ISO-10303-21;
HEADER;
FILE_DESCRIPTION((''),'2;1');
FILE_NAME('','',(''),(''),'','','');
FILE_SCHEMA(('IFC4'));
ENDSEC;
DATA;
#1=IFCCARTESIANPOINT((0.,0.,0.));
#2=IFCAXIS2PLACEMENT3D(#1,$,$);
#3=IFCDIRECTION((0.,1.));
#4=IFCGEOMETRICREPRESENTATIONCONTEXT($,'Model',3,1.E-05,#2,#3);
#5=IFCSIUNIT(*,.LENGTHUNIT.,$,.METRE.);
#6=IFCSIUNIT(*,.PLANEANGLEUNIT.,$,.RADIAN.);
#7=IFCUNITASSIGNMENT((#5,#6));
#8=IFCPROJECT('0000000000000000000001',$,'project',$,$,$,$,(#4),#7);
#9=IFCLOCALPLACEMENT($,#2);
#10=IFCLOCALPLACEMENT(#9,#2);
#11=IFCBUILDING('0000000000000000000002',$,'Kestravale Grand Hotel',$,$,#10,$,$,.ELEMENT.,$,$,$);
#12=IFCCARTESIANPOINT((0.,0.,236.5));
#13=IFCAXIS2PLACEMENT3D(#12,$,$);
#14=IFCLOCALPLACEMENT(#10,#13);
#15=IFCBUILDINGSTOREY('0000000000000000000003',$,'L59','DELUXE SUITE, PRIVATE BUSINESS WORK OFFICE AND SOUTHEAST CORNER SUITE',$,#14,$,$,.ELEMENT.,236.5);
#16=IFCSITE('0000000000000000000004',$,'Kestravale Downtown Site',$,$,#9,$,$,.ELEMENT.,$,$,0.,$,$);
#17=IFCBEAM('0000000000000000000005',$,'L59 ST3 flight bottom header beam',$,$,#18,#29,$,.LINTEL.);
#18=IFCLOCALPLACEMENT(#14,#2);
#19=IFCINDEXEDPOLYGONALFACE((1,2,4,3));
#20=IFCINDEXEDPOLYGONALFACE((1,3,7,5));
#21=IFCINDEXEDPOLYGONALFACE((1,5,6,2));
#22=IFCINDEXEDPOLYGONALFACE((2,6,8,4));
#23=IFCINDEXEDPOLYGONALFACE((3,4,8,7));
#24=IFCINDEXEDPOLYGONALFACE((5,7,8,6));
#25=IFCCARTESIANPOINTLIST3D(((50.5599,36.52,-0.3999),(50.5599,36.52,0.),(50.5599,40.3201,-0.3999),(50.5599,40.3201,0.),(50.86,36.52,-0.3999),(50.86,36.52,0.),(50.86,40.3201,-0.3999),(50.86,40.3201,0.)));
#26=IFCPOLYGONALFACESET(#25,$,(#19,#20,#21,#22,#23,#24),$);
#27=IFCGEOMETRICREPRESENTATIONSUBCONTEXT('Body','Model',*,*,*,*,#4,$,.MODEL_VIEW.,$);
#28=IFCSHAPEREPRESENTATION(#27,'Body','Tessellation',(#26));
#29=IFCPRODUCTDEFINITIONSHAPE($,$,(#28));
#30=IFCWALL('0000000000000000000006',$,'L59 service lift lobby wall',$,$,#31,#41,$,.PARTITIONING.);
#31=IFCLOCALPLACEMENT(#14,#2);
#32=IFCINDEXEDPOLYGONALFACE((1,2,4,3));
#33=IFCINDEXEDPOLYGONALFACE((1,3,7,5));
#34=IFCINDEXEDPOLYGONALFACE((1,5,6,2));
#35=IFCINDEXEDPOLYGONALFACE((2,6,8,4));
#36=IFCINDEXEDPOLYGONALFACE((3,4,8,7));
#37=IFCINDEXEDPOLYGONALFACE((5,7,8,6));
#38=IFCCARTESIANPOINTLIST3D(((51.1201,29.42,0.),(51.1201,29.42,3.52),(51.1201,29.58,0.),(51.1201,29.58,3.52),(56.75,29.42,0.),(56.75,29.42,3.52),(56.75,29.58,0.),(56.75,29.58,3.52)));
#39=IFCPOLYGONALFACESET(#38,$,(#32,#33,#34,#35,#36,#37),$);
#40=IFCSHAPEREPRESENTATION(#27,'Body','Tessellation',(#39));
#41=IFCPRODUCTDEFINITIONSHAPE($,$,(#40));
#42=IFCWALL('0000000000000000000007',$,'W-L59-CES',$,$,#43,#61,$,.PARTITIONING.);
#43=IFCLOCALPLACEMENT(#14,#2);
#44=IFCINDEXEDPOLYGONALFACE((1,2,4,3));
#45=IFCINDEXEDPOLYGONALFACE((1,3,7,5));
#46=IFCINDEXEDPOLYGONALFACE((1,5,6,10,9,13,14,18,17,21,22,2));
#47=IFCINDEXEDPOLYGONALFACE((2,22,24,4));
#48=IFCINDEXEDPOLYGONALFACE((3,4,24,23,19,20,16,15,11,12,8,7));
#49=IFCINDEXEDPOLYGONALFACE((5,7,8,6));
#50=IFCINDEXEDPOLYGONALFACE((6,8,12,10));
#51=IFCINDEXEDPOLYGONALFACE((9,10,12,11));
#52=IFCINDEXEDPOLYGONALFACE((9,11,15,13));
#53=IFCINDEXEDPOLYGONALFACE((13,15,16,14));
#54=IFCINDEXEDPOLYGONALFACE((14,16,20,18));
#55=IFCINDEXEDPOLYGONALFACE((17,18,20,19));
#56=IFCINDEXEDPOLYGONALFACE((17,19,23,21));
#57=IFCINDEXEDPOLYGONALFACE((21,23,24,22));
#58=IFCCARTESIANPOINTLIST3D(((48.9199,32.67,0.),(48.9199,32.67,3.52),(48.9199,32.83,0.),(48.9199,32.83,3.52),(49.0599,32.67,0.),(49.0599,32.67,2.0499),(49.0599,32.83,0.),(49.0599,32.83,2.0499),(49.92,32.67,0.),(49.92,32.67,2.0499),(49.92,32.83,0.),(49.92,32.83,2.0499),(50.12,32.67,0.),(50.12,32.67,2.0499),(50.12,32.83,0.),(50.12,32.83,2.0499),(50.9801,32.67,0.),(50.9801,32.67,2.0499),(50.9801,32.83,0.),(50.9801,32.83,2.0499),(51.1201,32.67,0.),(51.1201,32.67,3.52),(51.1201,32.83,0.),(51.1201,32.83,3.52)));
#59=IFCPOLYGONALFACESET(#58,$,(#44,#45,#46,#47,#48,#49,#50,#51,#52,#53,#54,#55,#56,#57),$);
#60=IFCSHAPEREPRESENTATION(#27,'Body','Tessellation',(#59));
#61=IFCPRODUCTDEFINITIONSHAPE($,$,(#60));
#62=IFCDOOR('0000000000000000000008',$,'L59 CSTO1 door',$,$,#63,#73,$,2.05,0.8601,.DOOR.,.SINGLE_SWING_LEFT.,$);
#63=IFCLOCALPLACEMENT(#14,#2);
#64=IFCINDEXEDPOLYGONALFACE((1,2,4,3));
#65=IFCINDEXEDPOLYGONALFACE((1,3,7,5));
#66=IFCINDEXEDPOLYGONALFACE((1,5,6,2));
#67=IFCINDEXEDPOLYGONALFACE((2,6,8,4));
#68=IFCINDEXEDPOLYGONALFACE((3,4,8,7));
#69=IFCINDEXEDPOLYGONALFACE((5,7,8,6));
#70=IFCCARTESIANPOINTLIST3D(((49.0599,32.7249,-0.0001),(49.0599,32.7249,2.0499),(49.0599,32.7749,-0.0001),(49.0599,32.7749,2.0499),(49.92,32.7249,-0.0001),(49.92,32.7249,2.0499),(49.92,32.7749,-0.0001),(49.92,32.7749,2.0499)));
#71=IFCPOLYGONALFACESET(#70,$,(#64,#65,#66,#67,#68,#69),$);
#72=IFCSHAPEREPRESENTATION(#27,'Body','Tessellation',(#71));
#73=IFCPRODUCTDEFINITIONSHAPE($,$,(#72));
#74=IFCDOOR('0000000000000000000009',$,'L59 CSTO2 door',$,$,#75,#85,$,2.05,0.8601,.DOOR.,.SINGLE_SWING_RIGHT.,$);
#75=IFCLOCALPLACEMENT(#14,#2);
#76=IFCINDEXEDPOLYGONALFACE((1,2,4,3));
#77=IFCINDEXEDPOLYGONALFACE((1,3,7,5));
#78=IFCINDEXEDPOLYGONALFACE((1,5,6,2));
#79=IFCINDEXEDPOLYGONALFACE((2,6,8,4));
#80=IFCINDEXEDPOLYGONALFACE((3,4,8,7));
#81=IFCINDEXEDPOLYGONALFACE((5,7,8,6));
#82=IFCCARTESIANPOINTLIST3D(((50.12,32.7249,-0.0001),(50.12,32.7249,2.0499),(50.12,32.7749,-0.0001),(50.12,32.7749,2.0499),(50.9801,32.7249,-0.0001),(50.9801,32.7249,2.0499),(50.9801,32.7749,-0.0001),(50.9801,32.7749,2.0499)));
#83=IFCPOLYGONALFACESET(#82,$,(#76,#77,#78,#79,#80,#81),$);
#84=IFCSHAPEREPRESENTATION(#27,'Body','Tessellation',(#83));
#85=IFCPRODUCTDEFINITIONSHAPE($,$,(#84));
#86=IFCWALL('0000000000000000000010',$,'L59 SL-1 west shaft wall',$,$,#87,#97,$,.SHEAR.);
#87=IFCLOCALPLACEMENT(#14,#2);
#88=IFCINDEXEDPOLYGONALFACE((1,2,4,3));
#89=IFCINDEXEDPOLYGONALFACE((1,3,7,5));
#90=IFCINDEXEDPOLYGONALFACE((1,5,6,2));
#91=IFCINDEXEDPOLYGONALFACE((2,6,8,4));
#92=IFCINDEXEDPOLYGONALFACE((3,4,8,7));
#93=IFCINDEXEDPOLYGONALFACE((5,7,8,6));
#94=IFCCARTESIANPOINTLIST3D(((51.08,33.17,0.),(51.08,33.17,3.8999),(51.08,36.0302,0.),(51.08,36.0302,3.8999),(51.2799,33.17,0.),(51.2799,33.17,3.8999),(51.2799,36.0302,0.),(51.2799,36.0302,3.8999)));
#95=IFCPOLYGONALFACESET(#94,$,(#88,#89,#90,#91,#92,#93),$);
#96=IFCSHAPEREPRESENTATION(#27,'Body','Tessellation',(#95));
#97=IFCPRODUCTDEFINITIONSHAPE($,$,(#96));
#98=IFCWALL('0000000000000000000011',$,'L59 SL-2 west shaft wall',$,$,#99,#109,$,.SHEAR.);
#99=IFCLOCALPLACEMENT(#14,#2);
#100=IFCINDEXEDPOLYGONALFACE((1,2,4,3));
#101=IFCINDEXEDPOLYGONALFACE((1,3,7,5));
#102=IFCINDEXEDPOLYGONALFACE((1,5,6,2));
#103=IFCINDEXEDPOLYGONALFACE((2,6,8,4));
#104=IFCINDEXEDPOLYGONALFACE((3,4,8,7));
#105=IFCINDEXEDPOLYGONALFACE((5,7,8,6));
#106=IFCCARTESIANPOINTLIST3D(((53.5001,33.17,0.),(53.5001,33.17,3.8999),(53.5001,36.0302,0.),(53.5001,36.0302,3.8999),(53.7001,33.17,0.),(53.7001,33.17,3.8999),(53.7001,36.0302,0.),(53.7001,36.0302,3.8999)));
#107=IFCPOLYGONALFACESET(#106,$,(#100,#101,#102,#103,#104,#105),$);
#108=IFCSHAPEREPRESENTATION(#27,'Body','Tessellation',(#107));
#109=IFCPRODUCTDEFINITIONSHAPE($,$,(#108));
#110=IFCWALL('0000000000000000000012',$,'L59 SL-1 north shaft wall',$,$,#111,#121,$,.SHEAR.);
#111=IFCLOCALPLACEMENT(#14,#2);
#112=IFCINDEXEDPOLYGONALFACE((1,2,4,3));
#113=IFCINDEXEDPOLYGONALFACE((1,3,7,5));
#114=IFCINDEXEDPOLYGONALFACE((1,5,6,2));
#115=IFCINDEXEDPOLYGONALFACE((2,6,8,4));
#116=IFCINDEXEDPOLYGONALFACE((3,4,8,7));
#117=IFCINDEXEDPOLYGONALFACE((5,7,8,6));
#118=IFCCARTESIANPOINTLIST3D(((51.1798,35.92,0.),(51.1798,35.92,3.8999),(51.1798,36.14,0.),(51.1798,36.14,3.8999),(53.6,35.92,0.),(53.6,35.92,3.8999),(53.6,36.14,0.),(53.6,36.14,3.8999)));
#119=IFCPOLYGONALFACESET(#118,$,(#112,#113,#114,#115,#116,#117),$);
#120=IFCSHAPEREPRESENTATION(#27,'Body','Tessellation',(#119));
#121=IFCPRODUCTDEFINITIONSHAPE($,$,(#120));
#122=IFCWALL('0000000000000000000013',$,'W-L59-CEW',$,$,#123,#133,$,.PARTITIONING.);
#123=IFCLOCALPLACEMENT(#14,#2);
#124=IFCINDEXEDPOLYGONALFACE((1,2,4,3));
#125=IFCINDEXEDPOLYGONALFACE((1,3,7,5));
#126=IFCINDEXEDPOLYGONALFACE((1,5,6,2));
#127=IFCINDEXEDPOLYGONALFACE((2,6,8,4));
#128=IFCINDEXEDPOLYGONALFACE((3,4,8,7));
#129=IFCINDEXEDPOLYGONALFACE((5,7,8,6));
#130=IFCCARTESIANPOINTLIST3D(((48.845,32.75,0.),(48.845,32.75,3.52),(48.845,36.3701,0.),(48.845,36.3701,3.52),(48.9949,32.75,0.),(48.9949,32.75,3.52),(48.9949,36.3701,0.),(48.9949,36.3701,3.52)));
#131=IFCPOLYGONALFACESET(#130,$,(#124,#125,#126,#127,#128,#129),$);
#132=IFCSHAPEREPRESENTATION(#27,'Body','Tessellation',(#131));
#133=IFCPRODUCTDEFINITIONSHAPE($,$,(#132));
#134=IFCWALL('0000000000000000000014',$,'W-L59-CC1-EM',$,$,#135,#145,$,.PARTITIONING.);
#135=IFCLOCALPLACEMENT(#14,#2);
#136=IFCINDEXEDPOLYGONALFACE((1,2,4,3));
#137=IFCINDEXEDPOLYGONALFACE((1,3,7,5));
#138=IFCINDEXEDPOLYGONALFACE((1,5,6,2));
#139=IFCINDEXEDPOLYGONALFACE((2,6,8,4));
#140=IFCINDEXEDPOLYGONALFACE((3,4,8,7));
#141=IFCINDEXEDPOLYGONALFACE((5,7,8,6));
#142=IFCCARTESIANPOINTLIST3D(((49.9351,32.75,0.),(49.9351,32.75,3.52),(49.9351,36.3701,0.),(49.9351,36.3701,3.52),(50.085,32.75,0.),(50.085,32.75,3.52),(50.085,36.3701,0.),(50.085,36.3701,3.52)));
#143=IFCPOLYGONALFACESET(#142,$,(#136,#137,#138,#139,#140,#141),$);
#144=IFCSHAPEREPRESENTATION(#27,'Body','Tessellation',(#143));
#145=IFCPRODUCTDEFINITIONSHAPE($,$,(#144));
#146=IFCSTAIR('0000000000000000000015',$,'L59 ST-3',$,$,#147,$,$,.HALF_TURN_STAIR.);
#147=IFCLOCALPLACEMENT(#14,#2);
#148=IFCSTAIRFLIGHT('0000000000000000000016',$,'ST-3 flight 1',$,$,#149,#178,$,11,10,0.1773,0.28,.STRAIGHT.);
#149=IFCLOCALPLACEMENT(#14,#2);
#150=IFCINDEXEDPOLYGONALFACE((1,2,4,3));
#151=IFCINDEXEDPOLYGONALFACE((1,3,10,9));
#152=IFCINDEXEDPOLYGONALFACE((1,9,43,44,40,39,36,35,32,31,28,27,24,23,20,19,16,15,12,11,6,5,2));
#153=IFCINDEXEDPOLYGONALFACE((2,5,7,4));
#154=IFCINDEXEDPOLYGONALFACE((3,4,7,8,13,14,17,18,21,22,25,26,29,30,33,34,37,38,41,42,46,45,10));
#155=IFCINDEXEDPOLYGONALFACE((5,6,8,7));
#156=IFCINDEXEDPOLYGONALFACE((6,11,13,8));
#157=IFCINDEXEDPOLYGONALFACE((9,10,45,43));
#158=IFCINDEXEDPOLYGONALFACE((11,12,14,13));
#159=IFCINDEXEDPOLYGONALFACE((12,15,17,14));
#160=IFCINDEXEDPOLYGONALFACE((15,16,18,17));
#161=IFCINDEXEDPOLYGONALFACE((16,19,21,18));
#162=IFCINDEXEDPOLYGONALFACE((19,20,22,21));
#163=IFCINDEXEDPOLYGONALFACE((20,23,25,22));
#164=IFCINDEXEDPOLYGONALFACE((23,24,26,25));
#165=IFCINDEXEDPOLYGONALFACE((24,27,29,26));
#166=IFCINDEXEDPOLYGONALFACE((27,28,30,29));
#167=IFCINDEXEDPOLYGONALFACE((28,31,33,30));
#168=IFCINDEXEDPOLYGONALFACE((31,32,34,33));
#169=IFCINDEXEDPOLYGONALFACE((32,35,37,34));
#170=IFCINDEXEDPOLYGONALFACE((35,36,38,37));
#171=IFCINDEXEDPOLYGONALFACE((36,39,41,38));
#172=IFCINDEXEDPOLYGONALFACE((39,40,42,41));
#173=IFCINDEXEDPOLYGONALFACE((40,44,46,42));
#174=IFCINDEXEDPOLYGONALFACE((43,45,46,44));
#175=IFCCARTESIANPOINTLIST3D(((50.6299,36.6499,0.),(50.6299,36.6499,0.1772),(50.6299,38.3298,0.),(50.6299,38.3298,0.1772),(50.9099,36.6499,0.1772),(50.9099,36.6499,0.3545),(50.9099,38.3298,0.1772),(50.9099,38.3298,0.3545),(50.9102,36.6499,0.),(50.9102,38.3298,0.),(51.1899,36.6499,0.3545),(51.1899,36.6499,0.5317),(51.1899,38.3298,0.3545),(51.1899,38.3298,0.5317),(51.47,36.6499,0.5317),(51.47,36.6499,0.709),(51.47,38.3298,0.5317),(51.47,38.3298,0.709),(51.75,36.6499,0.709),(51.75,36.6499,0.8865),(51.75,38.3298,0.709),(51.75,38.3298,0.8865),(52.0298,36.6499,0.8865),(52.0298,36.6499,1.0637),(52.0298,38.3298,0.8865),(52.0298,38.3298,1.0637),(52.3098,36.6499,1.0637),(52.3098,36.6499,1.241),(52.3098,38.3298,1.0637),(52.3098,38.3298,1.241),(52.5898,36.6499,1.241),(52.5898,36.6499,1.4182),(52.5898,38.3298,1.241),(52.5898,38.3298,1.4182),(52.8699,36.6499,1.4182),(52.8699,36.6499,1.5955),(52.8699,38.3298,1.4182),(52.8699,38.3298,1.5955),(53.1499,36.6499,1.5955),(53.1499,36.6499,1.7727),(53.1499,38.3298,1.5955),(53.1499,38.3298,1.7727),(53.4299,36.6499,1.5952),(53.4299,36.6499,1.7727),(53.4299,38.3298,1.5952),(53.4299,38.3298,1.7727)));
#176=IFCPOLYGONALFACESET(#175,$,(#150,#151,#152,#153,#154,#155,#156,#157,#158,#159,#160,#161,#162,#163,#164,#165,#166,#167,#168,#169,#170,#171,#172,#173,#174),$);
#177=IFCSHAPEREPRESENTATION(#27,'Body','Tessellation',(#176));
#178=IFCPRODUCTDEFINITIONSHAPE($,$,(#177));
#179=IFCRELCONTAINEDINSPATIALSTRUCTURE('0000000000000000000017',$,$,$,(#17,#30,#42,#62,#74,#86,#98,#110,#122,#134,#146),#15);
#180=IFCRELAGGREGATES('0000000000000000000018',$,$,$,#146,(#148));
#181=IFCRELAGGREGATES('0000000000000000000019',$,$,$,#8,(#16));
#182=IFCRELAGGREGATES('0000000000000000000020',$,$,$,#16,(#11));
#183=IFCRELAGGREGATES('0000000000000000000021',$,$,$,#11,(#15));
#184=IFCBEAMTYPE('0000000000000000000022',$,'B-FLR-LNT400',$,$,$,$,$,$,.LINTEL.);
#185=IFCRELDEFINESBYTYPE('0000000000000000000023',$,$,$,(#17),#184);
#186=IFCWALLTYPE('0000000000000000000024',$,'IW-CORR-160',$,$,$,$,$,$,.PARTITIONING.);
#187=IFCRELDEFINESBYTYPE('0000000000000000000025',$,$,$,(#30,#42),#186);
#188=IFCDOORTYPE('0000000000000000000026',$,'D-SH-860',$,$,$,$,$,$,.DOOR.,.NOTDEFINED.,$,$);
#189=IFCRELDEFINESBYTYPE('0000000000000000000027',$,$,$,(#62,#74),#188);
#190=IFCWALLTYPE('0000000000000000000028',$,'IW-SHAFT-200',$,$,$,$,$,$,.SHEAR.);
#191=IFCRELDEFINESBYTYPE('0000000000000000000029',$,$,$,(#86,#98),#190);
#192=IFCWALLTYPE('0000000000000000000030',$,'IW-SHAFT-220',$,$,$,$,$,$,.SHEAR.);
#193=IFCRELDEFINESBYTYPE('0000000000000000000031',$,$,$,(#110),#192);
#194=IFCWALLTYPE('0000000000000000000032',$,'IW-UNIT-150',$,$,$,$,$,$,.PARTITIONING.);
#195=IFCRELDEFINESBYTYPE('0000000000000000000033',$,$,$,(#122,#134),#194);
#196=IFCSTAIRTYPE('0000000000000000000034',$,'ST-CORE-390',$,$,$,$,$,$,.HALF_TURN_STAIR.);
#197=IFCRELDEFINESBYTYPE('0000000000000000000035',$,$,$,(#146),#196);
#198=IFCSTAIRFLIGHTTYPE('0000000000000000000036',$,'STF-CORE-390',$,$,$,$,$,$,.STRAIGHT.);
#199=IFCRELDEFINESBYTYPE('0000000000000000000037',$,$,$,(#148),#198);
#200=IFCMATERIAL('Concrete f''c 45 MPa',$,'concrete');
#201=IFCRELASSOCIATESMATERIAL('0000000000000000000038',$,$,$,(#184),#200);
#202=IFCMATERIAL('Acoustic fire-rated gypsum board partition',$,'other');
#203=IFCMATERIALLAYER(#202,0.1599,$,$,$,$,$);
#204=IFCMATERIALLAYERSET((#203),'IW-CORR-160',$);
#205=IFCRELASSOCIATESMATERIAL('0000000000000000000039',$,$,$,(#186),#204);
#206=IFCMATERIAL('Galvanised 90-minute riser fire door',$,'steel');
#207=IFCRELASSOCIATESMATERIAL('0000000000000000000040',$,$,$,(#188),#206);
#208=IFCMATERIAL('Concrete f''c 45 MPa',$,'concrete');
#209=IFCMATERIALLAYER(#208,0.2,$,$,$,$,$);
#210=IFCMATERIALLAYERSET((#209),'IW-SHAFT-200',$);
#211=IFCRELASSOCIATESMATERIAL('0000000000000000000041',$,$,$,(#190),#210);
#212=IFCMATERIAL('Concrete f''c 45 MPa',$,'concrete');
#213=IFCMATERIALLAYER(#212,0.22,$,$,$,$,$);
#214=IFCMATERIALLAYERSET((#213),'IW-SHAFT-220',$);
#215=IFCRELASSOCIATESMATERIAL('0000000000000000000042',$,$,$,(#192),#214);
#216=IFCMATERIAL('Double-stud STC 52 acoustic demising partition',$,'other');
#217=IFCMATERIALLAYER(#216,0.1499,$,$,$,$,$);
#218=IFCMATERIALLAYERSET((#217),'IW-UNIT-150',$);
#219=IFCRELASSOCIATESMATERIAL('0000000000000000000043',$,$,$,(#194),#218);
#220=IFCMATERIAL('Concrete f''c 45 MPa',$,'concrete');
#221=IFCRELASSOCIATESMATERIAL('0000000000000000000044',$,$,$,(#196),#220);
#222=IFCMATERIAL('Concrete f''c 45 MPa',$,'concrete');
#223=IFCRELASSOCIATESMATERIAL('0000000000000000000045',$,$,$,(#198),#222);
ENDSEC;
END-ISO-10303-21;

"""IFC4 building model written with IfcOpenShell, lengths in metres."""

from ifc_helpers import new_model, si_unit, direction, frame, frame_2d, origin, origin_2d, place, context, subcontext, project, spatial, polyline, rectangle, outline, extrude, material, layer, layer_set, material_profile, profile_set, type_object, element, fill, aggregate, save


model = new_model("IFC4")

# Units and contexts
model_context = context("Model", 3, precision=1e-05, world=origin(), true_north=direction((0.0, 1.0)))
body_context = subcontext(model_context, "Body", "Model", "MODEL_VIEW")
ifc_project = project(units=[si_unit("LENGTHUNIT", "METRE"), si_unit("PLANEANGLEUNIT", "RADIAN")], contexts=[model_context])

# Site, building, storey
site_placement = place(None, origin())
site = spatial("IfcSite", under=ifc_project, at=site_placement, Name="Kestravale Downtown Site", CompositionType="ELEMENT", RefElevation=0.0)
building_placement = place(site_placement, origin())
building = spatial("IfcBuilding", under=site, at=building_placement, Name="Kestravale Grand Hotel", CompositionType="ELEMENT")
storey_placement = place(building_placement, frame((0.0, 0.0, 236.5)))
storey = spatial("IfcBuildingStorey", under=building, at=storey_placement, Name="L59", Description="DELUXE SUITE, PRIVATE BUSINESS WORK OFFICE AND SOUTHEAST CORNER SUITE", CompositionType="ELEMENT", Elevation=236.5)

# Beam
ifc_material_1 = material(Name="Concrete f'c 45 MPa", Category="concrete")
ifc_material_profile = material_profile(ifc_material_1, rectangle(XDim=0.3, YDim=0.3999, at=origin_2d()))
ifc_profile_set = profile_set([ifc_material_profile], Name="Concrete f'c 45 MPa")
beam_type = type_object("IfcBeamType", Name="B-FLR-LNT400", PredefinedType="LINTEL", material=ifc_profile_set)
beam_placement = place(storey_placement, frame((50.71, 36.52, -0.2), z_axis=(0.0, 1.0, 0.0), x_axis=(-1.0, 0.0, 0.0)))
element("IfcBeam", 1, at=beam_placement, inside=storey, type_object=beam_type, Name="L59 ST3 flight bottom header beam", PredefinedType="LINTEL", context=body_context, shape_type="SweptSolid", body=[
    extrude(rectangle(XDim=0.3, YDim=0.3999, at=origin_2d()), origin(), (0.0, 0.0, 1.0), 3.8),
])

# Shared definitions
ifc_material_2 = material(Name="Acoustic fire-rated gypsum board partition", Category="other")
ifc_layer_1 = layer(ifc_material_2, 0.1599)
ifc_layer_set_1 = layer_set([ifc_layer_1], Name="IW-CORR-160")
wall_type_1 = type_object("IfcWallType", Name="IW-CORR-160", PredefinedType="PARTITIONING", material=ifc_layer_set_1)

# Wall
wall_1_placement = place(storey_placement, frame((51.1201, 29.5, 0.0), z_axis=(0.0, 0.0, 1.0), x_axis=(1.0, 0.0, 0.0)))
element("IfcWall", 2, at=wall_1_placement, inside=storey, type_object=wall_type_1, Name="L59 service lift lobby wall", PredefinedType="PARTITIONING", context=body_context, shape_type="SweptSolid", body=[
    extrude(rectangle(XDim=5.6299, YDim=0.1599, at=frame_2d((2.8149, 0.0))), origin(), (0.0, 0.0, 1.0), 3.52),
])

# Wall, openings, doors
wall_2_placement = place(storey_placement, frame((48.9199, 32.75, 0.0), z_axis=(0.0, 0.0, 1.0), x_axis=(1.0, 0.0, 0.0)))
wall_2 = element("IfcWall", 3, at=wall_2_placement, inside=storey, type_object=wall_type_1, Name="W-L59-CES", PredefinedType="PARTITIONING", context=body_context, shape_type="SweptSolid", body=[
    extrude(rectangle(XDim=2.2002, YDim=0.1599, at=frame_2d((1.1001, 0.0))), origin(), (0.0, 0.0, 1.0), 3.52),
])
opening_1_placement = place(wall_2_placement, frame((0.1399, 0.0, 0.0)))
opening_1 = element("IfcOpeningElement", 4, at=opening_1_placement, cuts=wall_2, PredefinedType="OPENING", context=body_context, shape_type="SweptSolid", body=[
    extrude(rectangle(XDim=0.8601, YDim=2.05, at=frame_2d((0.4302, 1.0249))), frame((0.0, 0.0898, 0.0), z_axis=(0.0, -1.0, 0.0), x_axis=(1.0, 0.0, 0.0)), (0.0, 0.0, 1.0), 0.1799),
])
opening_2_placement = place(wall_2_placement, frame((1.2, 0.0, 0.0)))
opening_2 = element("IfcOpeningElement", 5, at=opening_2_placement, cuts=wall_2, PredefinedType="OPENING", context=body_context, shape_type="SweptSolid", body=[
    extrude(rectangle(XDim=0.8601, YDim=2.05, at=frame_2d((0.4302, 1.0249))), frame((0.0, 0.0898, 0.0), z_axis=(0.0, -1.0, 0.0), x_axis=(1.0, 0.0, 0.0)), (0.0, 0.0, 1.0), 0.1799),
])
ifc_material_3 = material(Name="Galvanised 90-minute riser fire door", Category="steel")
door_type_1 = type_object("IfcDoorType", Name="D-SH-860", OperationType="NOTDEFINED", PredefinedType="DOOR", material=ifc_material_3)
door_1_placement = place(opening_1_placement, origin())
door_1 = element("IfcDoor", 6, at=door_1_placement, inside=storey, type_object=door_type_1, Name="L59 CSTO1 door", OperationType="SINGLE_SWING_LEFT", OverallHeight=2.05, OverallWidth=0.8601, PredefinedType="DOOR", context=body_context, shape_type="SweptSolid", body=[
    extrude(rectangle(XDim=0.8601, YDim=2.05, at=frame_2d((0.4302, 1.0249))), frame((0.0, 0.0249, 0.0), z_axis=(0.0, -1.0, 0.0), x_axis=(1.0, 0.0, 0.0)), (0.0, 0.0, 1.0), 0.05),
])
fill(opening_1, door_1)
door_2_placement = place(opening_2_placement, origin())
door_2 = element("IfcDoor", 7, at=door_2_placement, inside=storey, type_object=door_type_1, Name="L59 CSTO2 door", OperationType="SINGLE_SWING_RIGHT", OverallHeight=2.05, OverallWidth=0.8601, PredefinedType="DOOR", context=body_context, shape_type="SweptSolid", body=[
    extrude(rectangle(XDim=0.8601, YDim=2.05, at=frame_2d((0.4302, 1.0249))), frame((0.0, 0.0249, 0.0), z_axis=(0.0, -1.0, 0.0), x_axis=(1.0, 0.0, 0.0)), (0.0, 0.0, 1.0), 0.05),
])
fill(opening_2, door_2)

# Walls
ifc_material_4 = material(Name="Concrete f'c 45 MPa", Category="concrete")
ifc_layer_2 = layer(ifc_material_4, 0.2)
ifc_layer_set_2 = layer_set([ifc_layer_2], Name="IW-SHAFT-200")
wall_type_2 = type_object("IfcWallType", Name="IW-SHAFT-200", PredefinedType="SHEAR", material=ifc_layer_set_2)
for number, where, z_axis, x_axis, name in (
    (8, (51.1799, 33.1699, 0.0), (0.0, 0.0, 1.0), (0.0, 1.0, 0.0), "L59 SL-1 west shaft wall"),
    (9, (53.6001, 33.1699, 0.0), (0.0, 0.0, 1.0), (0.0, 1.0, 0.0), "L59 SL-2 west shaft wall"),
):
    element("IfcWall", number, at=place(storey_placement, frame(where, z_axis=z_axis, x_axis=x_axis)), inside=storey, type_object=wall_type_2, Name=name, PredefinedType="SHEAR", context=body_context, shape_type="SweptSolid", body=[
        extrude(rectangle(XDim=2.8601, YDim=0.2, at=frame_2d((1.4302, 0.0))), origin(), (0.0, 0.0, 1.0), 3.8999),
    ])
ifc_material_5 = material(Name="Concrete f'c 45 MPa", Category="concrete")
ifc_layer_3 = layer(ifc_material_5, 0.22)
ifc_layer_set_3 = layer_set([ifc_layer_3], Name="IW-SHAFT-220")
wall_type_3 = type_object("IfcWallType", Name="IW-SHAFT-220", PredefinedType="SHEAR", material=ifc_layer_set_3)
wall_3_placement = place(storey_placement, frame((51.1799, 36.03, 0.0), z_axis=(0.0, 0.0, 1.0), x_axis=(1.0, 0.0, 0.0)))
element("IfcWall", 10, at=wall_3_placement, inside=storey, type_object=wall_type_3, Name="L59 SL-1 north shaft wall", PredefinedType="SHEAR", context=body_context, shape_type="SweptSolid", body=[
    extrude(rectangle(XDim=2.4202, YDim=0.22, at=frame_2d((1.21, 0.0))), origin(), (0.0, 0.0, 1.0), 3.8999),
])

# Walls
ifc_material_6 = material(Name="Double-stud STC 52 acoustic demising partition", Category="other")
ifc_layer_4 = layer(ifc_material_6, 0.1499)
ifc_layer_set_4 = layer_set([ifc_layer_4], Name="IW-UNIT-150")
wall_type_4 = type_object("IfcWallType", Name="IW-UNIT-150", PredefinedType="PARTITIONING", material=ifc_layer_set_4)
for number, where, z_axis, x_axis, name in (
    (11, (48.9199, 32.75, 0.0), (0.0, 0.0, 1.0), (0.0, 1.0, 0.0), "W-L59-CEW"),
    (12, (50.01, 32.75, 0.0), (0.0, 0.0, 1.0), (0.0, 1.0, 0.0), "W-L59-CC1-EM"),
):
    element("IfcWall", number, at=place(storey_placement, frame(where, z_axis=z_axis, x_axis=x_axis)), inside=storey, type_object=wall_type_4, Name=name, PredefinedType="PARTITIONING", context=body_context, shape_type="SweptSolid", body=[
        extrude(rectangle(XDim=3.6201, YDim=0.1499, at=frame_2d((1.8101, 0.0))), origin(), (0.0, 0.0, 1.0), 3.52),
    ])

# Stair, stair flight
ifc_material_7 = material(Name="Concrete f'c 45 MPa", Category="concrete")
stair_type = type_object("IfcStairType", Name="ST-CORE-390", PredefinedType="HALF_TURN_STAIR", material=ifc_material_7)
stair_placement = place(storey_placement, origin())
stair = element("IfcStair", 13, at=stair_placement, inside=storey, type_object=stair_type, Name="L59 ST-3", PredefinedType="HALF_TURN_STAIR")
ifc_material_8 = material(Name="Concrete f'c 45 MPa", Category="concrete")
stair_flight_type = type_object("IfcStairFlightType", Name="STF-CORE-390", PredefinedType="STRAIGHT", material=ifc_material_8)
stair_flight_1_placement = place(storey_placement, frame((50.6299, 37.49, 0.0), z_axis=(0.0, 0.0, 1.0), x_axis=(1.0, 0.0, 0.0)))
stair_flight_1 = element("IfcStairFlight", 14, at=stair_flight_1_placement, type_object=stair_flight_type, Name="ST-3 flight 1", NumberOfRisers=11, NumberOfTreads=10, PredefinedType="STRAIGHT", RiserHeight=0.1773, TreadLength=0.28, context=body_context, shape_type="SweptSolid", body=[
    extrude(outline(polyline([(0.0, 0.0), (0.0, 0.1772), (0.28, 0.1772), (0.28, 0.3545), (0.5601, 0.3545), (0.5601, 0.5317), (0.8401, 0.5317), (0.8401, 0.709), (1.1201, 0.709), (1.1201, 0.8865), (1.3999, 0.8865), (1.3999, 1.0637), (1.6799, 1.0637), (1.6799, 1.241), (1.96, 1.241), (1.96, 1.4182), (2.24, 1.4182), (2.24, 1.5955), (2.52, 1.5955), (2.52, 1.7727), (2.8, 1.7727), (2.8, 1.95), (2.8, 1.5952), (0.2803, 0.0), (0.0, 0.0)])), frame((0.0, 0.8398, 0.0), z_axis=(0.0, -1.0, 0.0), x_axis=(1.0, 0.0, 0.0)), (0.0, 0.0, 1.0), 1.6799),
])
aggregate(stair, [stair_flight_1])

save(model, "model.ifc")
